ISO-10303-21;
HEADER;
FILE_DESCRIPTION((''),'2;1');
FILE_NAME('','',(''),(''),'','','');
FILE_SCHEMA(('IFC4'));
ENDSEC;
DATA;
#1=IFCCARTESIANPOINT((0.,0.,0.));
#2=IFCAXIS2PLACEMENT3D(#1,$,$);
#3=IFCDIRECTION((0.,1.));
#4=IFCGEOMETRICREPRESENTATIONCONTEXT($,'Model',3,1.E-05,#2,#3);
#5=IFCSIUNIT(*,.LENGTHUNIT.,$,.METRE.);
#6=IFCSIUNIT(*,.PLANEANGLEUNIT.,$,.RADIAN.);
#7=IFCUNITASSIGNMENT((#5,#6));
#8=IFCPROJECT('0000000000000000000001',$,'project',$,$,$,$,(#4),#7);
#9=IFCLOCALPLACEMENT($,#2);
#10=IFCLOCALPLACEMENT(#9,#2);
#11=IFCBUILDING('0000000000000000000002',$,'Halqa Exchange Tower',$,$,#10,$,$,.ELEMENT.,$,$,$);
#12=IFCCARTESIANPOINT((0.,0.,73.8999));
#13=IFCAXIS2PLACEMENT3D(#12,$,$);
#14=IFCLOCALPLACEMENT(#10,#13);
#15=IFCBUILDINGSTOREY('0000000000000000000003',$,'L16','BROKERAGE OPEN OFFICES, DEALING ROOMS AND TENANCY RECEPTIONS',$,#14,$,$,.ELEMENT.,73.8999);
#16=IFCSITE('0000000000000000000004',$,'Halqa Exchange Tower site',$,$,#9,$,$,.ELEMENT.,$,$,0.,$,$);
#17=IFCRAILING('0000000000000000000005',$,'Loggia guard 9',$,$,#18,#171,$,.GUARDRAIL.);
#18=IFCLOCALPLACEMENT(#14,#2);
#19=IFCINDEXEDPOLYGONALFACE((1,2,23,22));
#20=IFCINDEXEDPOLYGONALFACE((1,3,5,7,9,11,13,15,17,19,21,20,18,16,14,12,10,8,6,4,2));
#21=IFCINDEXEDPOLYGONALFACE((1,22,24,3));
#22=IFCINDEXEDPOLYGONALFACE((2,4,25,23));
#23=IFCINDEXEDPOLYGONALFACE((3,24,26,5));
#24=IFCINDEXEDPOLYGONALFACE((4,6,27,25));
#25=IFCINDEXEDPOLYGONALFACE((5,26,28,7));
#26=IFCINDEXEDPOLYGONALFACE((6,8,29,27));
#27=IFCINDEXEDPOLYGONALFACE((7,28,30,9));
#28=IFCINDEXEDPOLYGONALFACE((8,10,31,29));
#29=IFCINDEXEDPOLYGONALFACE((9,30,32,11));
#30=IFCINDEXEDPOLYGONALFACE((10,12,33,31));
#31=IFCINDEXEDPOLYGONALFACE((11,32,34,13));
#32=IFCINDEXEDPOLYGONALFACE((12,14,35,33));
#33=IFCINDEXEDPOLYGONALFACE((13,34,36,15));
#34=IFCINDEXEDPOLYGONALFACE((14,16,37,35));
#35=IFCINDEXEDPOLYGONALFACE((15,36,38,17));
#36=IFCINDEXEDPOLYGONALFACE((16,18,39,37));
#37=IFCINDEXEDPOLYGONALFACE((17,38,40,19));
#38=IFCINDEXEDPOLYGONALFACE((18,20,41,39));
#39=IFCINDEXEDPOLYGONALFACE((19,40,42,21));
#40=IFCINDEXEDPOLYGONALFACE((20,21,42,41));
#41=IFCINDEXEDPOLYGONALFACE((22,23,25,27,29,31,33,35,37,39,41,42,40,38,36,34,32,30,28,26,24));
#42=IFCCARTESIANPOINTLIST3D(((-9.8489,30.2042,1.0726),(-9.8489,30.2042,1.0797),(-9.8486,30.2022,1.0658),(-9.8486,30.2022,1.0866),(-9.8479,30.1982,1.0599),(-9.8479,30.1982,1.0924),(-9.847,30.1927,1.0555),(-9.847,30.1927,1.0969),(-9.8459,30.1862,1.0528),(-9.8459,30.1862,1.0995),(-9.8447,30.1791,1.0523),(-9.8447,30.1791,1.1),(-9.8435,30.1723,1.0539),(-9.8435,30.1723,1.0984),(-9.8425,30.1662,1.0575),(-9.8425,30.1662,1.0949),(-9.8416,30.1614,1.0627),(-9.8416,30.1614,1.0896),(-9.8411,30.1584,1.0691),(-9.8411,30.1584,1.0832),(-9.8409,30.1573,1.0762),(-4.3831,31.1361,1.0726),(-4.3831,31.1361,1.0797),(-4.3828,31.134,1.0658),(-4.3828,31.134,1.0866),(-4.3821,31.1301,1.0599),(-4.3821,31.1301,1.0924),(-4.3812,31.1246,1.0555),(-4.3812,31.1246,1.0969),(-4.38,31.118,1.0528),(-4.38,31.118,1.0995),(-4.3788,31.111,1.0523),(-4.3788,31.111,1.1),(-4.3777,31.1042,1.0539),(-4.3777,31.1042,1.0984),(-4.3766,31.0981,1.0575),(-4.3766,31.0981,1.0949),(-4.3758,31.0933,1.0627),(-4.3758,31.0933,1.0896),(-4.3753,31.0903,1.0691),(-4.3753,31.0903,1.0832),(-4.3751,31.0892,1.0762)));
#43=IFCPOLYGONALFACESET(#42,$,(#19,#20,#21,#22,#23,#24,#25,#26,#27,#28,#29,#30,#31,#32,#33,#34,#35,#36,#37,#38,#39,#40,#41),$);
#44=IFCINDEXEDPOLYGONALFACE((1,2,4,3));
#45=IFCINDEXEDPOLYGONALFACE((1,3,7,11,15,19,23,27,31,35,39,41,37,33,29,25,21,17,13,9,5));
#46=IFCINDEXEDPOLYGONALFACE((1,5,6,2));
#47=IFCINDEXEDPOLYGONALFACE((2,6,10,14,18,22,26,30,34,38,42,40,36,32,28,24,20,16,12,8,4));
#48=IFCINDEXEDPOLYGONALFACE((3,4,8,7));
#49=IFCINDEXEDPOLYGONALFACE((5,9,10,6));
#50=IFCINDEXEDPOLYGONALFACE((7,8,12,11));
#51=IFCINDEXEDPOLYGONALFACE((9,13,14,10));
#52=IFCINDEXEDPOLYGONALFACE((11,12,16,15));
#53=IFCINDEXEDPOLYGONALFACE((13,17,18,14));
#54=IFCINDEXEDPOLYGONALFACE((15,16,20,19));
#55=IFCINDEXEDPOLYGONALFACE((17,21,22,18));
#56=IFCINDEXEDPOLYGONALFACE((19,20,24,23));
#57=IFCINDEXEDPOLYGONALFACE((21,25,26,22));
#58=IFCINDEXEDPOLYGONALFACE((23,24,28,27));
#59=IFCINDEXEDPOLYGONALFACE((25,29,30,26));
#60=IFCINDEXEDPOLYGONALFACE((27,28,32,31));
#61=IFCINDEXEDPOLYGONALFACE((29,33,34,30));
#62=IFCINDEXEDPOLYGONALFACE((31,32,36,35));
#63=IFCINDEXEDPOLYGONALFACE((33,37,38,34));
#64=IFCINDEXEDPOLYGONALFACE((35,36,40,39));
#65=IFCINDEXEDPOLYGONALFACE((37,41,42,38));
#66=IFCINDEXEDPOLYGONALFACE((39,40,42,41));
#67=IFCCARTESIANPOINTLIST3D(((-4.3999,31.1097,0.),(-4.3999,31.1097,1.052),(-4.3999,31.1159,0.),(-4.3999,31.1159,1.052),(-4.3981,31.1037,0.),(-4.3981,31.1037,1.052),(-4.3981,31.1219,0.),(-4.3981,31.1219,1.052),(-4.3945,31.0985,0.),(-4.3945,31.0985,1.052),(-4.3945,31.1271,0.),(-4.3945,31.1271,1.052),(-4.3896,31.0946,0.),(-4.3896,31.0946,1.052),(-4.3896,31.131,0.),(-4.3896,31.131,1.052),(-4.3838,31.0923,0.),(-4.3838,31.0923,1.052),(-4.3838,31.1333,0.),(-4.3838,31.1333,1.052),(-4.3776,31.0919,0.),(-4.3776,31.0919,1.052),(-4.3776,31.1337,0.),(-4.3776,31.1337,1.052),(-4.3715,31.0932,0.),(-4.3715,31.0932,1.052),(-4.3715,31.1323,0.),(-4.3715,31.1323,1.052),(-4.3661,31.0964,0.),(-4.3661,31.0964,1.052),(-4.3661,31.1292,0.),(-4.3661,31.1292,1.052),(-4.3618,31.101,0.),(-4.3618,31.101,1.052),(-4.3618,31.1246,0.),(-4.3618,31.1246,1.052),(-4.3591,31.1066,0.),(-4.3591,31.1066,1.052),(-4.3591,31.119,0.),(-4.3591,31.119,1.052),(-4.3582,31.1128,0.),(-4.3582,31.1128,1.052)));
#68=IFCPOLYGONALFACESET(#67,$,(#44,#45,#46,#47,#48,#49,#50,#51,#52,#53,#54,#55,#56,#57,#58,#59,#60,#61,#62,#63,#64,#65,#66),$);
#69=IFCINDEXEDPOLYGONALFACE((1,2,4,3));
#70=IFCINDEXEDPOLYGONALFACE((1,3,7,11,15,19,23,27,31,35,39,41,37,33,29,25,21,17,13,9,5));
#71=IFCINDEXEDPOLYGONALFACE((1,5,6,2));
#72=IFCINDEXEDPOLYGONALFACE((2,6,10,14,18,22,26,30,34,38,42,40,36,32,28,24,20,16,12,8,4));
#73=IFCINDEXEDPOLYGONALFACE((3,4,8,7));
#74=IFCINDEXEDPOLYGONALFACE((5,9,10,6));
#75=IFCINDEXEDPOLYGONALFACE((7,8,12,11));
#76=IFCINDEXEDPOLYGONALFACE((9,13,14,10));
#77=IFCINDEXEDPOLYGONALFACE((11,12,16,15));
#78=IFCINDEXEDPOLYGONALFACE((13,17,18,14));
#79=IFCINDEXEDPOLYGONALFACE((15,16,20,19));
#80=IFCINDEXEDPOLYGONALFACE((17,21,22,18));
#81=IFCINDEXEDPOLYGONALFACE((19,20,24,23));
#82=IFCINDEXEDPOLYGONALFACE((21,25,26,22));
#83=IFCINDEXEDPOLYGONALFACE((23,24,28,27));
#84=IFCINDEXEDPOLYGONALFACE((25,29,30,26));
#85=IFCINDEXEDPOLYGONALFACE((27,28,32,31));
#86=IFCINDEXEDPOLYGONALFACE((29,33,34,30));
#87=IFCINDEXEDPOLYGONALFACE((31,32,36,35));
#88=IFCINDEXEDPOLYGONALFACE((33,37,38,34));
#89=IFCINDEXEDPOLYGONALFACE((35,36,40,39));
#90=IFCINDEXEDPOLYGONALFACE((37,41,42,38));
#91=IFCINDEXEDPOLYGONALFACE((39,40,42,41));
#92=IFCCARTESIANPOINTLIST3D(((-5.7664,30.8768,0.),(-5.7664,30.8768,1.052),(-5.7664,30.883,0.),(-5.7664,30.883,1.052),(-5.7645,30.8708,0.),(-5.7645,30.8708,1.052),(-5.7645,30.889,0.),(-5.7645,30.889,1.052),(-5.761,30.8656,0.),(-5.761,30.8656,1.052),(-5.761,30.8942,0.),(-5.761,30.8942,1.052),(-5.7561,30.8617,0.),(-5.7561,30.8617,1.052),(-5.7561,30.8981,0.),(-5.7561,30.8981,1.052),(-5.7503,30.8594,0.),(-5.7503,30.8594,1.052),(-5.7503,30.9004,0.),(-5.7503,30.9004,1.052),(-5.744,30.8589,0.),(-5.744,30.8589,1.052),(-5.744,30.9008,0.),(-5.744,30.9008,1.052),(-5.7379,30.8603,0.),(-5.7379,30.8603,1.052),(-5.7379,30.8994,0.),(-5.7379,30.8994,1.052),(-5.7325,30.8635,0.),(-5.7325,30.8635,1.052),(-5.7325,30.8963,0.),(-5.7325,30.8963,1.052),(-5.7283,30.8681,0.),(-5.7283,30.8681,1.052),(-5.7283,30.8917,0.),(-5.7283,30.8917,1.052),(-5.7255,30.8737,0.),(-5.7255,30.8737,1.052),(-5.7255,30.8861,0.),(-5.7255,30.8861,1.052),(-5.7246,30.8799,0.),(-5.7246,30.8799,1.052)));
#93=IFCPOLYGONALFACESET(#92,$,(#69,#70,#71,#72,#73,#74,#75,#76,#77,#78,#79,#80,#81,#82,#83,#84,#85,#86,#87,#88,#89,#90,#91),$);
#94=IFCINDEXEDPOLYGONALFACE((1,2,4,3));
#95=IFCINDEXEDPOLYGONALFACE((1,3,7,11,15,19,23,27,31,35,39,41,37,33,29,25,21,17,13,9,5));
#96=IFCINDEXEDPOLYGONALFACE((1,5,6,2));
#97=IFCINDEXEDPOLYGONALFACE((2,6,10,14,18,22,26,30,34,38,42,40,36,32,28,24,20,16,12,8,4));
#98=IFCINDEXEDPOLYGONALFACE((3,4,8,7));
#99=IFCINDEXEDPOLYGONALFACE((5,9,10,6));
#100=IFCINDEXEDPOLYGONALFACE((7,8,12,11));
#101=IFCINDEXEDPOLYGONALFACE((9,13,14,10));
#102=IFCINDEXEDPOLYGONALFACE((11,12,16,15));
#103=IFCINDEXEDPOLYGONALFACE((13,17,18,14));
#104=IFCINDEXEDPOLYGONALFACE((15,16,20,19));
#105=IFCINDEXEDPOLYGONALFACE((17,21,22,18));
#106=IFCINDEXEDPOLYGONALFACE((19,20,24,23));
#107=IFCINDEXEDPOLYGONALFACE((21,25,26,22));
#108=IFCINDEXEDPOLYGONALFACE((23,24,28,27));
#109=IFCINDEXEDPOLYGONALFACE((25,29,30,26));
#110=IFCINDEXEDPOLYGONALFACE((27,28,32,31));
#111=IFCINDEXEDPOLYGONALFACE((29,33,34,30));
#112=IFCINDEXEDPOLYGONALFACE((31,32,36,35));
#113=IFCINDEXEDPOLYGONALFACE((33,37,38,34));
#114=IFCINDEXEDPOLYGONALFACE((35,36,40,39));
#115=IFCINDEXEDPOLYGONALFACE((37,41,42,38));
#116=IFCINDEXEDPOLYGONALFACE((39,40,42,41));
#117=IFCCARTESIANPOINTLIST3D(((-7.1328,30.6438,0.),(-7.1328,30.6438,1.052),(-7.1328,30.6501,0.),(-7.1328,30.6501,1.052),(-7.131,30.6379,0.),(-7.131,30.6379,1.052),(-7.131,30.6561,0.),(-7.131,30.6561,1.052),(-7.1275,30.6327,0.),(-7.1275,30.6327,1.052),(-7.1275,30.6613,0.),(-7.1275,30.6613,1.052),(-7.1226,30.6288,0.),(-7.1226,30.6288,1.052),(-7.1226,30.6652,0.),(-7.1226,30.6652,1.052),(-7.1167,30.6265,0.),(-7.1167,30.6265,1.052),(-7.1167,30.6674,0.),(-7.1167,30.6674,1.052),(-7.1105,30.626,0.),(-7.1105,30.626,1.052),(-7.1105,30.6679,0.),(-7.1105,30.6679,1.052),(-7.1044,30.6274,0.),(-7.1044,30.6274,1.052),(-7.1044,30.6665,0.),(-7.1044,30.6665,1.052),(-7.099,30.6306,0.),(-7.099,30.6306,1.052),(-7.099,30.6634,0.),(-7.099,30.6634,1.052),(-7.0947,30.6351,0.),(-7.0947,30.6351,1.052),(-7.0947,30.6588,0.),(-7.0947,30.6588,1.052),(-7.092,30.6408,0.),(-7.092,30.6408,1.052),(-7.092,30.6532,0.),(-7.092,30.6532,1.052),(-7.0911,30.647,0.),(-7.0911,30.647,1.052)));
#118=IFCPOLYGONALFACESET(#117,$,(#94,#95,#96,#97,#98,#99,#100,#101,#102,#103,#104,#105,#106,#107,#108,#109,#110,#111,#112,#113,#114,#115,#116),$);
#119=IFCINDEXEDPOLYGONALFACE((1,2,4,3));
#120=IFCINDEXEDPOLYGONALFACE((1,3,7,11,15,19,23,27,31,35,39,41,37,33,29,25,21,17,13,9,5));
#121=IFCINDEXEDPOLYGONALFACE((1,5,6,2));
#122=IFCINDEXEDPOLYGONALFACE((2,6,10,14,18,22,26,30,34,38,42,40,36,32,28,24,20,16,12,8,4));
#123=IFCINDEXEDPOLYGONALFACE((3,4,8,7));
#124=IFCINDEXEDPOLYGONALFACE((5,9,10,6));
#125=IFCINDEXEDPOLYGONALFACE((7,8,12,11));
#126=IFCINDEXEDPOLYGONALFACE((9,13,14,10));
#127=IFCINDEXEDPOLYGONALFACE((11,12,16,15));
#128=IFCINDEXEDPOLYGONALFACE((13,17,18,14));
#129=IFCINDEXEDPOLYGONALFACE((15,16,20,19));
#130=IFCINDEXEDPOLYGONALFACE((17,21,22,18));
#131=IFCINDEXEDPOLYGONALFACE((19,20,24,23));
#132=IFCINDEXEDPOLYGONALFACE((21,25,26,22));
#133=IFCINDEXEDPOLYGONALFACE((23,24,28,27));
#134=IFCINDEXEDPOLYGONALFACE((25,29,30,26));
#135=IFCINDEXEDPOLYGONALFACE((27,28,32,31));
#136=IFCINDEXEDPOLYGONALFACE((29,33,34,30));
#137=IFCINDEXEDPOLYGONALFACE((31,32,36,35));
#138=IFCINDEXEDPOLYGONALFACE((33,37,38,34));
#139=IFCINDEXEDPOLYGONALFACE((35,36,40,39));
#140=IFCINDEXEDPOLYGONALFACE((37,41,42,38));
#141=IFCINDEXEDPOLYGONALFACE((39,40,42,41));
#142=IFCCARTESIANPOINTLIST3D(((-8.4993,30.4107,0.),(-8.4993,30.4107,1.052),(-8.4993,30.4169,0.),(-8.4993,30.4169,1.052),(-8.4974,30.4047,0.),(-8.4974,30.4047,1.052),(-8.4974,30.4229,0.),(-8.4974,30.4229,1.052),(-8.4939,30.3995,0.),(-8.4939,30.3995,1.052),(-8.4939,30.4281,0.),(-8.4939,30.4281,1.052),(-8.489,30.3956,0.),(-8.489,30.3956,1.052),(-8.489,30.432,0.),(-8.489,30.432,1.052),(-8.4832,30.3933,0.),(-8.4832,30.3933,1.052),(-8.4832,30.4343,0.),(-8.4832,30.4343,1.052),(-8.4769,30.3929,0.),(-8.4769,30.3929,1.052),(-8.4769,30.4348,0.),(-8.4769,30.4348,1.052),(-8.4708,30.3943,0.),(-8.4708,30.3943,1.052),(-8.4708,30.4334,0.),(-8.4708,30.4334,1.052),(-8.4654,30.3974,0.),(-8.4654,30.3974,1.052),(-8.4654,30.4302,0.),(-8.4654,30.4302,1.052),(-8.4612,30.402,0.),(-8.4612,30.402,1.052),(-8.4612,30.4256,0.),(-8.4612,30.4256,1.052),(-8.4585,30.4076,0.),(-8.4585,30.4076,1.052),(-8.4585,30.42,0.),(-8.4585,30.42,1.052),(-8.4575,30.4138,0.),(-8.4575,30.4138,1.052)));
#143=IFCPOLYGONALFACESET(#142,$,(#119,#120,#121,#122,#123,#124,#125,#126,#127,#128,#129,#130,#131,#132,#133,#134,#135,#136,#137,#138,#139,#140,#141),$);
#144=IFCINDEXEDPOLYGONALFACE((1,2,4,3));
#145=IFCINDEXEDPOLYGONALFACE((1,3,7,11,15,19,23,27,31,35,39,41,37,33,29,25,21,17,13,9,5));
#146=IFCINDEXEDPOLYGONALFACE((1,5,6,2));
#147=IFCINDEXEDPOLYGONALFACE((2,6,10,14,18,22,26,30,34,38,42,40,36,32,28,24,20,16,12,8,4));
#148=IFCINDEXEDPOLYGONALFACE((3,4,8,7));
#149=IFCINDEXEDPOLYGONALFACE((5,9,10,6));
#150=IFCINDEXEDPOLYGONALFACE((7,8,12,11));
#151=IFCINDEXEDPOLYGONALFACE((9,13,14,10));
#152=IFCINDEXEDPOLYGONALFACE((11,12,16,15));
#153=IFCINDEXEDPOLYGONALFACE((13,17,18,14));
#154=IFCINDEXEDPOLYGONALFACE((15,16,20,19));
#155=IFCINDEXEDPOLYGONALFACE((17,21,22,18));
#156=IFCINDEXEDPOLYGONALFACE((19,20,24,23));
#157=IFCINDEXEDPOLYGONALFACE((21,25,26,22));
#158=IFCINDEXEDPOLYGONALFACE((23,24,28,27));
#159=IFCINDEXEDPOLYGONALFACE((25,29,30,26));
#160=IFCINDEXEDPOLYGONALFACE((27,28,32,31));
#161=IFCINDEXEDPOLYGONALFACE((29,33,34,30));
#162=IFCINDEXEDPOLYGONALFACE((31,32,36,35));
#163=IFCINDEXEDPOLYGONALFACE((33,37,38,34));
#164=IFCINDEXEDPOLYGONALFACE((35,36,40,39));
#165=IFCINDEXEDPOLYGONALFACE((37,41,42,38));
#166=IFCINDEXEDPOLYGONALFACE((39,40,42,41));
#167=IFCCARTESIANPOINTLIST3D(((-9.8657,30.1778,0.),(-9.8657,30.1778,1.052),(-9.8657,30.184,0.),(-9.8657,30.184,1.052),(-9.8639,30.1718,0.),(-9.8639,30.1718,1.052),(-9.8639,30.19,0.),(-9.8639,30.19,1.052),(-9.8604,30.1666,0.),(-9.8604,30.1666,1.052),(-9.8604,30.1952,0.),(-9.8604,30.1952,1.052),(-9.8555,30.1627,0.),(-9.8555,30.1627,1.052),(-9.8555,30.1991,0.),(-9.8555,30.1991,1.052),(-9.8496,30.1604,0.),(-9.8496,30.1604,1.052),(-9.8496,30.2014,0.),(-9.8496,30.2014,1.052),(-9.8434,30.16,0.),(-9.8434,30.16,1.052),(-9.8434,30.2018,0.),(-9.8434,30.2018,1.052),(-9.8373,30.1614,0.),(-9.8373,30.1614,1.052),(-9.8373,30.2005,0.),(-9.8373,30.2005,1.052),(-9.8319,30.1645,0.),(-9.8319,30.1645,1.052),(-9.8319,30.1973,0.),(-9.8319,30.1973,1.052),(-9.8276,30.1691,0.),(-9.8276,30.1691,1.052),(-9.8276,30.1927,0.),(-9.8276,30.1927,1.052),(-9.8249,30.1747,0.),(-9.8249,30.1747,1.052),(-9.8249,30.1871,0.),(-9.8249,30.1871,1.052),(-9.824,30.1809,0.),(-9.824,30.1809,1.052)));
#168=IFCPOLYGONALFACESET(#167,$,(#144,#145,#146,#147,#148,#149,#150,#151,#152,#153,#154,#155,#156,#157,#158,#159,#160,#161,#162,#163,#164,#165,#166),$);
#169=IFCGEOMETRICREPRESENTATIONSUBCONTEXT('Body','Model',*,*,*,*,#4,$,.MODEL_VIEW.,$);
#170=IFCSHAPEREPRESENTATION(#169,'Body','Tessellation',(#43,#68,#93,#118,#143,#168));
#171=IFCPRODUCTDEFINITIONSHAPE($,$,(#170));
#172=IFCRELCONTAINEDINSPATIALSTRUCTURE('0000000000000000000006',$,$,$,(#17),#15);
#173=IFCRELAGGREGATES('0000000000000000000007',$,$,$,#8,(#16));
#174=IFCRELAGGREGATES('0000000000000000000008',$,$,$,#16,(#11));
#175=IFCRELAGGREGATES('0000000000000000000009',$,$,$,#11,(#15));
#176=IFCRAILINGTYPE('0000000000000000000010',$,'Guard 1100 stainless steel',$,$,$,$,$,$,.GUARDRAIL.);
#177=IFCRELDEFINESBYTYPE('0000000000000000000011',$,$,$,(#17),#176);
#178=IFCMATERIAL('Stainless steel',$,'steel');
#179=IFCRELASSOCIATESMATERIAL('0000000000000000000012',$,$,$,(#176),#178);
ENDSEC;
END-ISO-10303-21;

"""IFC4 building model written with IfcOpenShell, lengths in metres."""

from ifc_helpers import new_model, si_unit, direction, frame, origin, origin_2d, place, context, subcontext, project, spatial, circle, extrude, material, type_object, element, save


model = new_model("IFC4")

# Units and contexts
model_context = context("Model", 3, precision=1e-05, world=origin(), true_north=direction((0.0, 1.0)))
body_context = subcontext(model_context, "Body", "Model", "MODEL_VIEW")
ifc_project = project(units=[si_unit("LENGTHUNIT", "METRE"), si_unit("PLANEANGLEUNIT", "RADIAN")], contexts=[model_context])

# Site, building, storey
site_placement = place(None, origin())
site = spatial("IfcSite", under=ifc_project, at=site_placement, Name="Halqa Exchange Tower site", CompositionType="ELEMENT", RefElevation=0.0)
building_placement = place(site_placement, origin())
building = spatial("IfcBuilding", under=site, at=building_placement, Name="Halqa Exchange Tower", CompositionType="ELEMENT")
storey_placement = place(building_placement, frame((0.0, 0.0, 73.8999)))
storey = spatial("IfcBuildingStorey", under=building, at=storey_placement, Name="L16", Description="BROKERAGE OPEN OFFICES, DEALING ROOMS AND TENANCY RECEPTIONS", CompositionType="ELEMENT", Elevation=73.8999)

# Railing
ifc_material_1 = material(Name="Stainless steel", Category="steel")
railing_type_1 = type_object("IfcRailingType", Name="Guard 1100 stainless steel", PredefinedType="GUARDRAIL", material=ifc_material_1)
railing_1_placement = place(storey_placement, frame((-4.3792, 31.1128, 0.0)))
element("IfcRailing", 1, at=railing_1_placement, inside=storey, type_object=railing_type_1, Name="Loggia guard 9", PredefinedType="GUARDRAIL", context=body_context, shape_type="SweptSolid", body=[
    extrude(circle(Radius=0.0239, at=origin_2d()), frame((0.0, 0.0, 1.0762), z_axis=(-0.985775, -0.168068, 0.0), x_axis=(0.168068, -0.985775, 0.0)), (0.0, 0.0, 1.0), 5.5447),
    extrude(circle(Radius=0.021, at=origin_2d()), origin(), (0.0, 0.0, 1.0), 1.052),
    extrude(circle(Radius=0.021, at=origin_2d()), frame((-1.3665, -0.2329, 0.0)), (0.0, 0.0, 1.0), 1.052),
    extrude(circle(Radius=0.021, at=origin_2d()), frame((-2.7329, -0.4658, 0.0)), (0.0, 0.0, 1.0), 1.052),
    extrude(circle(Radius=0.021, at=origin_2d()), frame((-4.0994, -0.699, 0.0)), (0.0, 0.0, 1.0), 1.052),
    extrude(circle(Radius=0.021, at=origin_2d()), frame((-5.4658, -0.9319, 0.0)), (0.0, 0.0, 1.0), 1.052),
])

save(model, "model.ifc")
